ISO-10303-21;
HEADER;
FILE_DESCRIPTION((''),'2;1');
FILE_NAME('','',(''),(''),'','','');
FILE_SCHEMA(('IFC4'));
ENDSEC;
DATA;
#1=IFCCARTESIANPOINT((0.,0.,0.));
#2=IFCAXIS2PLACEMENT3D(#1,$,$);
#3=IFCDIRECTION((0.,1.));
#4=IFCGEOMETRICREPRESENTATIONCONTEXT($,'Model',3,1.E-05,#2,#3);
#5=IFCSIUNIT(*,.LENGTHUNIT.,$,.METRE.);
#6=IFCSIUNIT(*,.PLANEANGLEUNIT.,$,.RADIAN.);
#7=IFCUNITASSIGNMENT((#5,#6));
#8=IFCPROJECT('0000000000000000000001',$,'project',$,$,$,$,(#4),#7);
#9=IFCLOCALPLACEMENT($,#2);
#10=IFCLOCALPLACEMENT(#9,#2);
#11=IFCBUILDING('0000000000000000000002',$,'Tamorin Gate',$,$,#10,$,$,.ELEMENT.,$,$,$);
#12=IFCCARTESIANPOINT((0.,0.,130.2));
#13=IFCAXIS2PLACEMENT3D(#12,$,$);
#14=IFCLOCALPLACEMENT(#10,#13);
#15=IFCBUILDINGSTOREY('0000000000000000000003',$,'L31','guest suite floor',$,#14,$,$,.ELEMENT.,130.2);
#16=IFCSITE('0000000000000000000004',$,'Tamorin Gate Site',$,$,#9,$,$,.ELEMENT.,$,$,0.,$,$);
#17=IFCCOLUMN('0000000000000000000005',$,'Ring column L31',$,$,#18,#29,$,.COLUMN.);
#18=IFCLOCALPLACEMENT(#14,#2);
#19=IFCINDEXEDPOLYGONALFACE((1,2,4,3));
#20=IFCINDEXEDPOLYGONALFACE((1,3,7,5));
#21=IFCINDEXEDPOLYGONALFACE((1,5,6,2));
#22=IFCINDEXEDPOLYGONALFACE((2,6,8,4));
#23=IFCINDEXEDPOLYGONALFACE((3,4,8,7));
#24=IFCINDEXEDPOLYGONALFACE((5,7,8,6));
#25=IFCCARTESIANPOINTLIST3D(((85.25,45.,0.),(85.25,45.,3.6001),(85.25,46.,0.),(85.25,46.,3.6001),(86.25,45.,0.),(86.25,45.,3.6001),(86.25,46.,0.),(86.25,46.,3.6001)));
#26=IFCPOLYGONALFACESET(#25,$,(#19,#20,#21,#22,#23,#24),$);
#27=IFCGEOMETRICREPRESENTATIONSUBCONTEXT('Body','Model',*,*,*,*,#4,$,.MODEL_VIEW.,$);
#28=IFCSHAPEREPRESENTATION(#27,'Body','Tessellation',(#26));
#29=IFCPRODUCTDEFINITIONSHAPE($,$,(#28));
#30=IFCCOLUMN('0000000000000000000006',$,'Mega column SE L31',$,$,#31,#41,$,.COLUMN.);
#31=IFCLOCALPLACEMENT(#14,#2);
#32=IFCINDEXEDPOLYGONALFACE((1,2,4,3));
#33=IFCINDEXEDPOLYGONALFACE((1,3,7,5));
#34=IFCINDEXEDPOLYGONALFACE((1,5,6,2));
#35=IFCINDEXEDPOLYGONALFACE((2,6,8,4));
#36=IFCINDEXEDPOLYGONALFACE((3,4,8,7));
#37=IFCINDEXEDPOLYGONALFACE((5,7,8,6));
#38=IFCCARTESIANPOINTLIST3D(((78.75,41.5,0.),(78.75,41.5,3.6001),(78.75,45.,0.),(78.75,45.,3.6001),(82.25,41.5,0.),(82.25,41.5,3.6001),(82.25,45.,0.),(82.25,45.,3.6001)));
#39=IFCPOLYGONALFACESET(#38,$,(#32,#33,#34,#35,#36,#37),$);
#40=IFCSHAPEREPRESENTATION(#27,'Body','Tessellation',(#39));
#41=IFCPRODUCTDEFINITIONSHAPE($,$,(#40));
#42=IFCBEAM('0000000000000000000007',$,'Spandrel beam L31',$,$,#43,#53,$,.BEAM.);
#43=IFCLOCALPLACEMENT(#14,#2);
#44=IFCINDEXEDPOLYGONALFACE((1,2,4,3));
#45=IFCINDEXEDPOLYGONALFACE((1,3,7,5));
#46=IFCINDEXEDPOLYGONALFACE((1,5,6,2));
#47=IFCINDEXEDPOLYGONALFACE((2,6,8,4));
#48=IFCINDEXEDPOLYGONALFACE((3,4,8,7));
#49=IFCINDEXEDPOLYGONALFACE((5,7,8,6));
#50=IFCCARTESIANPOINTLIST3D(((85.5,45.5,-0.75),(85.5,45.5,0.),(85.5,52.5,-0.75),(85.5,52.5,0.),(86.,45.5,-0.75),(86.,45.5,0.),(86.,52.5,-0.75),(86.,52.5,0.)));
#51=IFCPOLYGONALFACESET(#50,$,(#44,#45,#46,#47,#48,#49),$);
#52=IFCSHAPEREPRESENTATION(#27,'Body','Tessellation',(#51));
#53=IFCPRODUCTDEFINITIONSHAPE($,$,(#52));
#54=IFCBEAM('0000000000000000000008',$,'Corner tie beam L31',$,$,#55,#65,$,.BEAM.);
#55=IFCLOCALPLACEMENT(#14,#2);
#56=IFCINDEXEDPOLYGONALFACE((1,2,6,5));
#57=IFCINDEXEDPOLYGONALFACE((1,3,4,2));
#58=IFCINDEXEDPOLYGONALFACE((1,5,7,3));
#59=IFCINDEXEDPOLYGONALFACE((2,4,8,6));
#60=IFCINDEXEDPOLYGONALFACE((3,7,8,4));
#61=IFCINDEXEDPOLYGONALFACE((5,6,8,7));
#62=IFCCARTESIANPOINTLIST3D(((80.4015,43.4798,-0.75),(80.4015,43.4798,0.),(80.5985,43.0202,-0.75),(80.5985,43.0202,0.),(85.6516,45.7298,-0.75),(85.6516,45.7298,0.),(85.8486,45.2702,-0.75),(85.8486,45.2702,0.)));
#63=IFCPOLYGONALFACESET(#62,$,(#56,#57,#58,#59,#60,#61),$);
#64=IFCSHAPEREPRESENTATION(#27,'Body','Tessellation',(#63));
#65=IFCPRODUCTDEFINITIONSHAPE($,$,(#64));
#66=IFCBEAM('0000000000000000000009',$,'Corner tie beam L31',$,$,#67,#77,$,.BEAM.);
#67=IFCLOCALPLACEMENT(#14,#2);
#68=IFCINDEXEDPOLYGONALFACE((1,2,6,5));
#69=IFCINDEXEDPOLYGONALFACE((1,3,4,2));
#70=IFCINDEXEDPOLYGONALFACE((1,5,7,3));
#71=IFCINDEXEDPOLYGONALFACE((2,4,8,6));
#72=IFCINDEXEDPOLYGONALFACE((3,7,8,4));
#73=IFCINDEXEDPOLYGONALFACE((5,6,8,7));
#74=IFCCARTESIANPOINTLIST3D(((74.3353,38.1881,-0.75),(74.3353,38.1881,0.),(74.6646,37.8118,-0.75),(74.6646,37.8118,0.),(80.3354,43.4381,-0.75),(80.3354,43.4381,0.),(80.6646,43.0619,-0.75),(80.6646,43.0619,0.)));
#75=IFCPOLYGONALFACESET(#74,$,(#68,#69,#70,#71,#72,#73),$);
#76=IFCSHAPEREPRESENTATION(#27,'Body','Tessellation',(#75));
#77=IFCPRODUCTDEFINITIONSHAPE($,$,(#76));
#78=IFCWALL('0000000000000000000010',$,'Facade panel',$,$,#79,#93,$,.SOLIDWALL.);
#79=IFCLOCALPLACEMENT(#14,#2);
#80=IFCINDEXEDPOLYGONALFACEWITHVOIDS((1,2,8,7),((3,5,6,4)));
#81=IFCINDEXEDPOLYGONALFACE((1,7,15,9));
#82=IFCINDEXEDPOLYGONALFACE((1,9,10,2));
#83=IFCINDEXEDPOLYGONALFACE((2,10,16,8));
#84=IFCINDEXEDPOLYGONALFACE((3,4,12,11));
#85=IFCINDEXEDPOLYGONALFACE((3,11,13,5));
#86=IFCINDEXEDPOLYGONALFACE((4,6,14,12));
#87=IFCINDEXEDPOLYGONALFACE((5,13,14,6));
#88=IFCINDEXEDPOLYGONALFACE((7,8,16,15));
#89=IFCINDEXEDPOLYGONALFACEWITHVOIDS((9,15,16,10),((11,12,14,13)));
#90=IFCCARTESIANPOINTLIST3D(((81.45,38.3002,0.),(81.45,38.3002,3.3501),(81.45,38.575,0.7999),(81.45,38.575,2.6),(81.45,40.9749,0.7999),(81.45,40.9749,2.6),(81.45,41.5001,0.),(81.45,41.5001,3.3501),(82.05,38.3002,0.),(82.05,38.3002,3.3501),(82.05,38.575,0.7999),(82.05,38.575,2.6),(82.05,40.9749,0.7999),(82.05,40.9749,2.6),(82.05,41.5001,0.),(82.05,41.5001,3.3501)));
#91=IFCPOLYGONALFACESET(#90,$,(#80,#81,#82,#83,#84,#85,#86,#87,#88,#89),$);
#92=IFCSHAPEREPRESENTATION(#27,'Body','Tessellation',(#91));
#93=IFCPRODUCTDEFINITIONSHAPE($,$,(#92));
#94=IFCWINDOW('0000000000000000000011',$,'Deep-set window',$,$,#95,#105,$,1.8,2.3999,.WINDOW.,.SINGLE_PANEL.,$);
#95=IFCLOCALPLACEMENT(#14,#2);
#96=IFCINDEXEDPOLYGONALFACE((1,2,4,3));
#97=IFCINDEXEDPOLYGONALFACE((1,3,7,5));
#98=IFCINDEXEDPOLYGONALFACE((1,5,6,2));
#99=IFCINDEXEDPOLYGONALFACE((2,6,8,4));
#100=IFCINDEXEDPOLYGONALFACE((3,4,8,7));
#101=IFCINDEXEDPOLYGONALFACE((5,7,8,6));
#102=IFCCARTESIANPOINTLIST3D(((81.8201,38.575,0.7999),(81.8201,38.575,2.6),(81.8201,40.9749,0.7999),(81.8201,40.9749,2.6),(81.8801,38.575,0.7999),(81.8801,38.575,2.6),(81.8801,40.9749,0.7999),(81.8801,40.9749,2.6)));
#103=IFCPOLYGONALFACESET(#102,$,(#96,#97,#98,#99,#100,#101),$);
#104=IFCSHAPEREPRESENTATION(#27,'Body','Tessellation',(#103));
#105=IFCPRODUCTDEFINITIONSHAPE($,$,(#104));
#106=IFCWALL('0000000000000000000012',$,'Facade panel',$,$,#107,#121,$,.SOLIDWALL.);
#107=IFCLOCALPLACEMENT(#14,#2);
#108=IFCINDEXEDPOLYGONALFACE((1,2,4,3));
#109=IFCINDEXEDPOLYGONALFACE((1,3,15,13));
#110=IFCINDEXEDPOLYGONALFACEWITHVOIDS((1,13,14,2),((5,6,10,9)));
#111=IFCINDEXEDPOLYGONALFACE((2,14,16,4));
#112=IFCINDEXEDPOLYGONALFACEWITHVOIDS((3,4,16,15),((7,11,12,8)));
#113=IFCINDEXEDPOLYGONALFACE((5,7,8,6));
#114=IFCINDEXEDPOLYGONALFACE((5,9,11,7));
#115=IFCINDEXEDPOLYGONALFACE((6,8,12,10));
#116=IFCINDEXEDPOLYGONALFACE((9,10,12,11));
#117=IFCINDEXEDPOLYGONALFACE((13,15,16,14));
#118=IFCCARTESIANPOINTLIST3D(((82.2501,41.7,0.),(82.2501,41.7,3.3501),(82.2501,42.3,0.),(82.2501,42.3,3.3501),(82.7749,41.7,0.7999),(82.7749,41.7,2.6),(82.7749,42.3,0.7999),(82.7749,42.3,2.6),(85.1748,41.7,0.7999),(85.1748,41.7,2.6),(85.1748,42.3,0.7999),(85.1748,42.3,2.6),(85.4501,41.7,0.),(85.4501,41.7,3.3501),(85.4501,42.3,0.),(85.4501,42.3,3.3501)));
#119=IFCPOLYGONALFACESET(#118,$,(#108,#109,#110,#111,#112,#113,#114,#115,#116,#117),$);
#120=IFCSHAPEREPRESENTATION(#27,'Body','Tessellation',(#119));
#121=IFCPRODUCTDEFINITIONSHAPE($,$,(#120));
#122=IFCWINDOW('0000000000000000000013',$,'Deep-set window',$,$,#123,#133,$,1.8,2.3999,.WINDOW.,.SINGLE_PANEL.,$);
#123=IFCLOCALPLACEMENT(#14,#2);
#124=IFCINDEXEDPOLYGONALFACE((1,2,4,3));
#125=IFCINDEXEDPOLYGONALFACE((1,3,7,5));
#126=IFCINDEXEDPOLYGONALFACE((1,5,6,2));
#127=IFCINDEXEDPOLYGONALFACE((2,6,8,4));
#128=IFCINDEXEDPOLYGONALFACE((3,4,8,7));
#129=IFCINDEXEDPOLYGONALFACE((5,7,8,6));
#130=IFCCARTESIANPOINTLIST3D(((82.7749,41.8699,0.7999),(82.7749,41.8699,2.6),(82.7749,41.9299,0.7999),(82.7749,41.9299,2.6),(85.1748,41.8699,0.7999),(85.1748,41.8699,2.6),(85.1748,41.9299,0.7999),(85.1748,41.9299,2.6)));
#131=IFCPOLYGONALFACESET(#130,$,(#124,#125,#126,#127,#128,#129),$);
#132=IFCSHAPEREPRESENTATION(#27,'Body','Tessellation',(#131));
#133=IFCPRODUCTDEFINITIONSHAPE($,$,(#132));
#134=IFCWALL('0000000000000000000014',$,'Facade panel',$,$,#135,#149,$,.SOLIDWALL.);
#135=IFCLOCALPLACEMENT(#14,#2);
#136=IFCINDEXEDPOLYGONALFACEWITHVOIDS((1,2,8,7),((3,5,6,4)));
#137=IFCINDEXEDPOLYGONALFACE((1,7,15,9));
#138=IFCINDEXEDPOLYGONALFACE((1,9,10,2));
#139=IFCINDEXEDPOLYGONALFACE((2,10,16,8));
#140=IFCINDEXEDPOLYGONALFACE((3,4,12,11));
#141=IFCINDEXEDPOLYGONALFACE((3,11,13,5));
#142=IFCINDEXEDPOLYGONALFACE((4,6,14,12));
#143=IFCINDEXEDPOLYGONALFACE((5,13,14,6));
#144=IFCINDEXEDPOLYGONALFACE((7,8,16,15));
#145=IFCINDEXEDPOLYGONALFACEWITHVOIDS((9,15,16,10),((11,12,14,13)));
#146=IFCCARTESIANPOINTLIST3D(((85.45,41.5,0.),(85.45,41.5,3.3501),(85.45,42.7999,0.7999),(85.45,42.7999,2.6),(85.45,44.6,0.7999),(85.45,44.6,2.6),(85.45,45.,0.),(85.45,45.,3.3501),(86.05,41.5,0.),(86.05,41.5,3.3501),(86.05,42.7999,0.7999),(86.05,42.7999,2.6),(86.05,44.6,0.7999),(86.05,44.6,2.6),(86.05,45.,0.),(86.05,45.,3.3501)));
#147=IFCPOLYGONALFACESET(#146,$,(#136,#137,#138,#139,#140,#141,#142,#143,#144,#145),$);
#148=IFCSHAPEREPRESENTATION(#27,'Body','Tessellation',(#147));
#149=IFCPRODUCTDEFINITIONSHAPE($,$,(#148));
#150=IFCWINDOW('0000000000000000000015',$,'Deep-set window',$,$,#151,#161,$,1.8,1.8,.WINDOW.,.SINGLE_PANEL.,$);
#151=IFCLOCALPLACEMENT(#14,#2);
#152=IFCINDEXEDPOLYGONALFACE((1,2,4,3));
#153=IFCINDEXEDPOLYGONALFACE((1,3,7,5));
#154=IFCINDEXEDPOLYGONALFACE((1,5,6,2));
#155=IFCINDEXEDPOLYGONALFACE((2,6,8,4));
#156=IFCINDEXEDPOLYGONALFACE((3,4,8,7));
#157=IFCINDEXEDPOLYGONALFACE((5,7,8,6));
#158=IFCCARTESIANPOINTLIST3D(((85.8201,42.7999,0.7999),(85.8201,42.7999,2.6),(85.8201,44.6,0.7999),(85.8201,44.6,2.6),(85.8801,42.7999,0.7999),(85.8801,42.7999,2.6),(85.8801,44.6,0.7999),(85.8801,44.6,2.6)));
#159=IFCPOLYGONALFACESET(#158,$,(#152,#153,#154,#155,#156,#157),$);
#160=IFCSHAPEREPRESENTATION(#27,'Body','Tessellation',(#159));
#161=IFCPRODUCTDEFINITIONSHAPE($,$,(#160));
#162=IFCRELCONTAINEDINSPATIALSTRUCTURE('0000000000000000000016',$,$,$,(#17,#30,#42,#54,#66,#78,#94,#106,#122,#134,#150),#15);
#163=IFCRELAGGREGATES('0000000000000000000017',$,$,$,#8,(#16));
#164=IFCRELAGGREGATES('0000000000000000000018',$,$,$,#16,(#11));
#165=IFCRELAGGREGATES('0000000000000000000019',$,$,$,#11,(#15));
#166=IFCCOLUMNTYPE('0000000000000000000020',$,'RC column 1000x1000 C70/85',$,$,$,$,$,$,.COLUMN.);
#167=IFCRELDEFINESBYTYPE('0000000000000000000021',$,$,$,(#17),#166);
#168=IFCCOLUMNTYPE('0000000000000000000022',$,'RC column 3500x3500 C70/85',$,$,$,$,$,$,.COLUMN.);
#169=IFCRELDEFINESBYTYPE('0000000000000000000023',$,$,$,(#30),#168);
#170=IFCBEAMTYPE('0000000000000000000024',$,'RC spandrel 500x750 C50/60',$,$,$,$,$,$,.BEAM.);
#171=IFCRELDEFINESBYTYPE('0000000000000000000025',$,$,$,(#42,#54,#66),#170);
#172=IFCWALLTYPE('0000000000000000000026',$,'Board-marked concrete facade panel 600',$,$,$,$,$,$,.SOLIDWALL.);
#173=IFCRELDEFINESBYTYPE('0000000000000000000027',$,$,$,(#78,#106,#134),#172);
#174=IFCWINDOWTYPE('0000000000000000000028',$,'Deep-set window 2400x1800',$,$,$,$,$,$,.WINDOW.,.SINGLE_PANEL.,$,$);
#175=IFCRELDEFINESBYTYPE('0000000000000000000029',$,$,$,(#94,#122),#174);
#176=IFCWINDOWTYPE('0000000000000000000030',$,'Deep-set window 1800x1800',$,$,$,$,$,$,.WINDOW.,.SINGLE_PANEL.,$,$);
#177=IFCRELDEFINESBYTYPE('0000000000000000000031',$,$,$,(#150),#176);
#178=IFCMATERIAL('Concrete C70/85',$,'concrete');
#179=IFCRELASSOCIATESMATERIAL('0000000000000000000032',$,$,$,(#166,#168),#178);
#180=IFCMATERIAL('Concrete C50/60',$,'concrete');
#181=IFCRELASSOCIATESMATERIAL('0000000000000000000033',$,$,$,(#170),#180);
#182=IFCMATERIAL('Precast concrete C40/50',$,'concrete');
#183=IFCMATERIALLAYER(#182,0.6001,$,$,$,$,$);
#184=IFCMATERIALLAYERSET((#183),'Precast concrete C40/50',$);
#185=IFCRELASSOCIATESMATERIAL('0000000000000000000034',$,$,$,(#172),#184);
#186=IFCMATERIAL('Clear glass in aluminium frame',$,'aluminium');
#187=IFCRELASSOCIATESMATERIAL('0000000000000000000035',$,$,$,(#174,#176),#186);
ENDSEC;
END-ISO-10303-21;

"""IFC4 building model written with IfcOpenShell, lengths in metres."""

from ifc_helpers import new_model, si_unit, direction, frame, frame_2d, origin, origin_2d, place, context, subcontext, project, spatial, rectangle, extrude, material, layer, layer_set, material_profile, profile_set, type_object, element, fill, save


model = new_model("IFC4")

# Units and contexts
model_context = context("Model", 3, precision=1e-05, world=origin(), true_north=direction((0.0, 1.0)))
body_context = subcontext(model_context, "Body", "Model", "MODEL_VIEW")
ifc_project = project(units=[si_unit("LENGTHUNIT", "METRE"), si_unit("PLANEANGLEUNIT", "RADIAN")], contexts=[model_context])

# Site, building, storey
site_placement = place(None, origin())
site = spatial("IfcSite", under=ifc_project, at=site_placement, Name="Tamorin Gate Site", CompositionType="ELEMENT", RefElevation=0.0)
building_placement = place(site_placement, origin())
building = spatial("IfcBuilding", under=site, at=building_placement, Name="Tamorin Gate", CompositionType="ELEMENT")
storey_placement = place(building_placement, frame((0.0, 0.0, 130.2)))
storey = spatial("IfcBuildingStorey", under=building, at=storey_placement, Name="L31", Description="guest suite floor", CompositionType="ELEMENT", Elevation=130.2)

# Columns
ifc_material_1 = material(Name="Concrete C70/85", Category="concrete")
ifc_material_profile_1 = material_profile(ifc_material_1, rectangle(XDim=1.0, YDim=1.0, at=origin_2d()), Name="RC 1000x1000")
ifc_profile_set_1 = profile_set([ifc_material_profile_1], Name="Concrete C70/85")
column_type_1 = type_object("IfcColumnType", Name="RC column 1000x1000 C70/85", PredefinedType="COLUMN", material=ifc_profile_set_1)
column_1_placement = place(storey_placement, frame((85.75, 45.5, 0.0), z_axis=(0.0, 0.0, 1.0), x_axis=(1.0, 0.0, 0.0)))
element("IfcColumn", 1, at=column_1_placement, inside=storey, type_object=column_type_1, Name="Ring column L31", PredefinedType="COLUMN", context=body_context, shape_type="SweptSolid", body=[
    extrude(rectangle(XDim=1.0, YDim=1.0, at=origin_2d()), origin(), (0.0, 0.0, 1.0), 3.6001),
])
ifc_material_profile_2 = material_profile(ifc_material_1, rectangle(XDim=3.5, YDim=3.5, at=origin_2d()), Name="RC 3500x3500")
ifc_profile_set_2 = profile_set([ifc_material_profile_2], Name="Concrete C70/85")
column_type_2 = type_object("IfcColumnType", Name="RC column 3500x3500 C70/85", PredefinedType="COLUMN", material=ifc_profile_set_2)
column_2_placement = place(storey_placement, frame((80.5, 43.25, 0.0), z_axis=(0.0, 0.0, 1.0), x_axis=(1.0, 0.0, 0.0)))
element("IfcColumn", 2, at=column_2_placement, inside=storey, type_object=column_type_2, Name="Mega column SE L31", PredefinedType="COLUMN", context=body_context, shape_type="SweptSolid", body=[
    extrude(rectangle(XDim=3.5, YDim=3.5, at=origin_2d()), origin(), (0.0, 0.0, 1.0), 3.6001),
])

# Beams
ifc_material_2 = material(Name="Concrete C50/60", Category="concrete")
ifc_material_profile_3 = material_profile(ifc_material_2, rectangle(XDim=0.5, YDim=0.75, at=origin_2d()), Name="RC 500x750")
ifc_profile_set_3 = profile_set([ifc_material_profile_3], Name="Concrete C50/60")
beam_type = type_object("IfcBeamType", Name="RC spandrel 500x750 C50/60", PredefinedType="BEAM", material=ifc_profile_set_3)
beam_1_placement = place(storey_placement, frame((85.75, 45.5, -0.375), z_axis=(0.0, 1.0, 0.0), x_axis=(-1.0, 0.0, 0.0)))
element("IfcBeam", 3, at=beam_1_placement, inside=storey, type_object=beam_type, Name="Spandrel beam L31", PredefinedType="BEAM", context=body_context, shape_type="SweptSolid", body=[
    extrude(rectangle(XDim=0.5, YDim=0.75, at=origin_2d()), origin(), (0.0, 0.0, 1.0), 7.0),
])
beam_2_placement = place(storey_placement, frame((80.5, 43.25, -0.375), z_axis=(0.919145, 0.393919, 0.0), x_axis=(-0.393919, 0.919145, 0.0)))
element("IfcBeam", 4, at=beam_2_placement, inside=storey, type_object=beam_type, Name="Corner tie beam L31", PredefinedType="BEAM", context=body_context, shape_type="SweptSolid", body=[
    extrude(rectangle(XDim=0.5, YDim=0.75, at=origin_2d()), origin(), (0.0, 0.0, 1.0), 5.7119),
])
beam_3_placement = place(storey_placement, frame((80.5, 43.25, -0.375), z_axis=(-0.752577, -0.658505, 0.0), x_axis=(0.658505, -0.752577, 0.0)))
element("IfcBeam", 5, at=beam_3_placement, inside=storey, type_object=beam_type, Name="Corner tie beam L31", PredefinedType="BEAM", context=body_context, shape_type="SweptSolid", body=[
    extrude(rectangle(XDim=0.5, YDim=0.75, at=origin_2d()), origin(), (0.0, 0.0, 1.0), 7.9727),
])

# Walls, openings, windows
ifc_material_3 = material(Name="Precast concrete C40/50", Category="concrete")
ifc_layer_1 = layer(ifc_material_3, 0.6001)
ifc_layer_set_1 = layer_set([ifc_layer_1], Name="Precast concrete C40/50")
wall_type_1 = type_object("IfcWallType", Name="Board-marked concrete facade panel 600", PredefinedType="SOLIDWALL", material=ifc_layer_set_1)
wall_1_placement = place(storey_placement, frame((81.75, 38.3, 0.0), z_axis=(0.0, 0.0, 1.0), x_axis=(0.0, 1.0, 0.0)))
wall_1 = element("IfcWall", 6, at=wall_1_placement, inside=storey, type_object=wall_type_1, Name="Facade panel", PredefinedType="SOLIDWALL", context=body_context, shape_type="SweptSolid", body=[
    extrude(rectangle(XDim=3.2, YDim=0.6001, at=frame_2d((1.6001, 0.0))), origin(), (0.0, 0.0, 1.0), 3.3501),
])
opening_1_placement = place(wall_1_placement, frame((0.2749, 0.0, 0.8)))
opening_1 = element("IfcOpeningElement", 7, at=opening_1_placement, cuts=wall_1, PredefinedType="OPENING", context=body_context, shape_type="SweptSolid", body=[
    extrude(rectangle(XDim=2.3999, YDim=1.8, at=frame_2d((1.2, 0.8999))), frame((0.0, 0.3101, 0.0), z_axis=(0.0, -1.0, 0.0), x_axis=(1.0, 0.0, 0.0)), (0.0, 0.0, 1.0), 0.6201),
])
ifc_material_4 = material(Name="Clear glass in aluminium frame", Category="aluminium")
window_type_1 = type_object("IfcWindowType", Name="Deep-set window 2400x1800", PartitioningType="SINGLE_PANEL", PredefinedType="WINDOW", material=ifc_material_4)
window_1_placement = place(opening_1_placement, origin())
window_1 = element("IfcWindow", 8, at=window_1_placement, inside=storey, type_object=window_type_1, Name="Deep-set window", OverallHeight=1.8, OverallWidth=2.3999, PartitioningType="SINGLE_PANEL", PredefinedType="WINDOW", context=body_context, shape_type="SweptSolid", body=[
    extrude(rectangle(XDim=2.3999, YDim=1.8, at=frame_2d((1.2, 0.8999))), frame((0.0, -0.0701, 0.0), z_axis=(0.0, -1.0, 0.0), x_axis=(1.0, 0.0, 0.0)), (0.0, 0.0, 1.0), 0.0601),
])
fill(opening_1, window_1)
wall_2_placement = place(storey_placement, frame((82.25, 42.0, 0.0), z_axis=(0.0, 0.0, 1.0), x_axis=(1.0, 0.0, 0.0)))
wall_2 = element("IfcWall", 9, at=wall_2_placement, inside=storey, type_object=wall_type_1, Name="Facade panel", PredefinedType="SOLIDWALL", context=body_context, shape_type="SweptSolid", body=[
    extrude(rectangle(XDim=3.2, YDim=0.6001, at=frame_2d((1.6001, 0.0))), origin(), (0.0, 0.0, 1.0), 3.3501),
])
opening_2_placement = place(wall_2_placement, frame((0.5249, 0.0, 0.8)))
opening_2 = element("IfcOpeningElement", 10, at=opening_2_placement, cuts=wall_2, PredefinedType="OPENING", context=body_context, shape_type="SweptSolid", body=[
    extrude(rectangle(XDim=2.3999, YDim=1.8, at=frame_2d((1.2, 0.8999))), frame((0.0, 0.3101, 0.0), z_axis=(0.0, -1.0, 0.0), x_axis=(1.0, 0.0, 0.0)), (0.0, 0.0, 1.0), 0.6201),
])
window_2_placement = place(opening_2_placement, origin())
window_2 = element("IfcWindow", 11, at=window_2_placement, inside=storey, type_object=window_type_1, Name="Deep-set window", OverallHeight=1.8, OverallWidth=2.3999, PartitioningType="SINGLE_PANEL", PredefinedType="WINDOW", context=body_context, shape_type="SweptSolid", body=[
    extrude(rectangle(XDim=2.3999, YDim=1.8, at=frame_2d((1.2, 0.8999))), frame((0.0, -0.0701, 0.0), z_axis=(0.0, -1.0, 0.0), x_axis=(1.0, 0.0, 0.0)), (0.0, 0.0, 1.0), 0.0601),
])
fill(opening_2, window_2)
wall_3_placement = place(storey_placement, frame((85.75, 41.5, 0.0), z_axis=(0.0, 0.0, 1.0), x_axis=(0.0, 1.0, 0.0)))
wall_3 = element("IfcWall", 12, at=wall_3_placement, inside=storey, type_object=wall_type_1, Name="Facade panel", PredefinedType="SOLIDWALL", context=body_context, shape_type="SweptSolid", body=[
    extrude(rectangle(XDim=3.5, YDim=0.6001, at=frame_2d((1.75, 0.0))), origin(), (0.0, 0.0, 1.0), 3.3501),
])
opening_3_placement = place(wall_3_placement, frame((1.3, 0.0, 0.8)))
opening_3 = element("IfcOpeningElement", 13, at=opening_3_placement, cuts=wall_3, PredefinedType="OPENING", context=body_context, shape_type="SweptSolid", body=[
    extrude(rectangle(XDim=1.8, YDim=1.8, at=frame_2d((0.8999, 0.8999))), frame((0.0, 0.3101, 0.0), z_axis=(0.0, -1.0, 0.0), x_axis=(1.0, 0.0, 0.0)), (0.0, 0.0, 1.0), 0.6201),
])
window_type_2 = type_object("IfcWindowType", Name="Deep-set window 1800x1800", PartitioningType="SINGLE_PANEL", PredefinedType="WINDOW", material=ifc_material_4)
window_3_placement = place(opening_3_placement, origin())
window_3 = element("IfcWindow", 14, at=window_3_placement, inside=storey, type_object=window_type_2, Name="Deep-set window", OverallHeight=1.8, OverallWidth=1.8, PartitioningType="SINGLE_PANEL", PredefinedType="WINDOW", context=body_context, shape_type="SweptSolid", body=[
    extrude(rectangle(XDim=1.8, YDim=1.8, at=frame_2d((0.8999, 0.8999))), frame((0.0, -0.0701, 0.0), z_axis=(0.0, -1.0, 0.0), x_axis=(1.0, 0.0, 0.0)), (0.0, 0.0, 1.0), 0.0601),
])
fill(opening_3, window_3)

save(model, "model.ifc")
